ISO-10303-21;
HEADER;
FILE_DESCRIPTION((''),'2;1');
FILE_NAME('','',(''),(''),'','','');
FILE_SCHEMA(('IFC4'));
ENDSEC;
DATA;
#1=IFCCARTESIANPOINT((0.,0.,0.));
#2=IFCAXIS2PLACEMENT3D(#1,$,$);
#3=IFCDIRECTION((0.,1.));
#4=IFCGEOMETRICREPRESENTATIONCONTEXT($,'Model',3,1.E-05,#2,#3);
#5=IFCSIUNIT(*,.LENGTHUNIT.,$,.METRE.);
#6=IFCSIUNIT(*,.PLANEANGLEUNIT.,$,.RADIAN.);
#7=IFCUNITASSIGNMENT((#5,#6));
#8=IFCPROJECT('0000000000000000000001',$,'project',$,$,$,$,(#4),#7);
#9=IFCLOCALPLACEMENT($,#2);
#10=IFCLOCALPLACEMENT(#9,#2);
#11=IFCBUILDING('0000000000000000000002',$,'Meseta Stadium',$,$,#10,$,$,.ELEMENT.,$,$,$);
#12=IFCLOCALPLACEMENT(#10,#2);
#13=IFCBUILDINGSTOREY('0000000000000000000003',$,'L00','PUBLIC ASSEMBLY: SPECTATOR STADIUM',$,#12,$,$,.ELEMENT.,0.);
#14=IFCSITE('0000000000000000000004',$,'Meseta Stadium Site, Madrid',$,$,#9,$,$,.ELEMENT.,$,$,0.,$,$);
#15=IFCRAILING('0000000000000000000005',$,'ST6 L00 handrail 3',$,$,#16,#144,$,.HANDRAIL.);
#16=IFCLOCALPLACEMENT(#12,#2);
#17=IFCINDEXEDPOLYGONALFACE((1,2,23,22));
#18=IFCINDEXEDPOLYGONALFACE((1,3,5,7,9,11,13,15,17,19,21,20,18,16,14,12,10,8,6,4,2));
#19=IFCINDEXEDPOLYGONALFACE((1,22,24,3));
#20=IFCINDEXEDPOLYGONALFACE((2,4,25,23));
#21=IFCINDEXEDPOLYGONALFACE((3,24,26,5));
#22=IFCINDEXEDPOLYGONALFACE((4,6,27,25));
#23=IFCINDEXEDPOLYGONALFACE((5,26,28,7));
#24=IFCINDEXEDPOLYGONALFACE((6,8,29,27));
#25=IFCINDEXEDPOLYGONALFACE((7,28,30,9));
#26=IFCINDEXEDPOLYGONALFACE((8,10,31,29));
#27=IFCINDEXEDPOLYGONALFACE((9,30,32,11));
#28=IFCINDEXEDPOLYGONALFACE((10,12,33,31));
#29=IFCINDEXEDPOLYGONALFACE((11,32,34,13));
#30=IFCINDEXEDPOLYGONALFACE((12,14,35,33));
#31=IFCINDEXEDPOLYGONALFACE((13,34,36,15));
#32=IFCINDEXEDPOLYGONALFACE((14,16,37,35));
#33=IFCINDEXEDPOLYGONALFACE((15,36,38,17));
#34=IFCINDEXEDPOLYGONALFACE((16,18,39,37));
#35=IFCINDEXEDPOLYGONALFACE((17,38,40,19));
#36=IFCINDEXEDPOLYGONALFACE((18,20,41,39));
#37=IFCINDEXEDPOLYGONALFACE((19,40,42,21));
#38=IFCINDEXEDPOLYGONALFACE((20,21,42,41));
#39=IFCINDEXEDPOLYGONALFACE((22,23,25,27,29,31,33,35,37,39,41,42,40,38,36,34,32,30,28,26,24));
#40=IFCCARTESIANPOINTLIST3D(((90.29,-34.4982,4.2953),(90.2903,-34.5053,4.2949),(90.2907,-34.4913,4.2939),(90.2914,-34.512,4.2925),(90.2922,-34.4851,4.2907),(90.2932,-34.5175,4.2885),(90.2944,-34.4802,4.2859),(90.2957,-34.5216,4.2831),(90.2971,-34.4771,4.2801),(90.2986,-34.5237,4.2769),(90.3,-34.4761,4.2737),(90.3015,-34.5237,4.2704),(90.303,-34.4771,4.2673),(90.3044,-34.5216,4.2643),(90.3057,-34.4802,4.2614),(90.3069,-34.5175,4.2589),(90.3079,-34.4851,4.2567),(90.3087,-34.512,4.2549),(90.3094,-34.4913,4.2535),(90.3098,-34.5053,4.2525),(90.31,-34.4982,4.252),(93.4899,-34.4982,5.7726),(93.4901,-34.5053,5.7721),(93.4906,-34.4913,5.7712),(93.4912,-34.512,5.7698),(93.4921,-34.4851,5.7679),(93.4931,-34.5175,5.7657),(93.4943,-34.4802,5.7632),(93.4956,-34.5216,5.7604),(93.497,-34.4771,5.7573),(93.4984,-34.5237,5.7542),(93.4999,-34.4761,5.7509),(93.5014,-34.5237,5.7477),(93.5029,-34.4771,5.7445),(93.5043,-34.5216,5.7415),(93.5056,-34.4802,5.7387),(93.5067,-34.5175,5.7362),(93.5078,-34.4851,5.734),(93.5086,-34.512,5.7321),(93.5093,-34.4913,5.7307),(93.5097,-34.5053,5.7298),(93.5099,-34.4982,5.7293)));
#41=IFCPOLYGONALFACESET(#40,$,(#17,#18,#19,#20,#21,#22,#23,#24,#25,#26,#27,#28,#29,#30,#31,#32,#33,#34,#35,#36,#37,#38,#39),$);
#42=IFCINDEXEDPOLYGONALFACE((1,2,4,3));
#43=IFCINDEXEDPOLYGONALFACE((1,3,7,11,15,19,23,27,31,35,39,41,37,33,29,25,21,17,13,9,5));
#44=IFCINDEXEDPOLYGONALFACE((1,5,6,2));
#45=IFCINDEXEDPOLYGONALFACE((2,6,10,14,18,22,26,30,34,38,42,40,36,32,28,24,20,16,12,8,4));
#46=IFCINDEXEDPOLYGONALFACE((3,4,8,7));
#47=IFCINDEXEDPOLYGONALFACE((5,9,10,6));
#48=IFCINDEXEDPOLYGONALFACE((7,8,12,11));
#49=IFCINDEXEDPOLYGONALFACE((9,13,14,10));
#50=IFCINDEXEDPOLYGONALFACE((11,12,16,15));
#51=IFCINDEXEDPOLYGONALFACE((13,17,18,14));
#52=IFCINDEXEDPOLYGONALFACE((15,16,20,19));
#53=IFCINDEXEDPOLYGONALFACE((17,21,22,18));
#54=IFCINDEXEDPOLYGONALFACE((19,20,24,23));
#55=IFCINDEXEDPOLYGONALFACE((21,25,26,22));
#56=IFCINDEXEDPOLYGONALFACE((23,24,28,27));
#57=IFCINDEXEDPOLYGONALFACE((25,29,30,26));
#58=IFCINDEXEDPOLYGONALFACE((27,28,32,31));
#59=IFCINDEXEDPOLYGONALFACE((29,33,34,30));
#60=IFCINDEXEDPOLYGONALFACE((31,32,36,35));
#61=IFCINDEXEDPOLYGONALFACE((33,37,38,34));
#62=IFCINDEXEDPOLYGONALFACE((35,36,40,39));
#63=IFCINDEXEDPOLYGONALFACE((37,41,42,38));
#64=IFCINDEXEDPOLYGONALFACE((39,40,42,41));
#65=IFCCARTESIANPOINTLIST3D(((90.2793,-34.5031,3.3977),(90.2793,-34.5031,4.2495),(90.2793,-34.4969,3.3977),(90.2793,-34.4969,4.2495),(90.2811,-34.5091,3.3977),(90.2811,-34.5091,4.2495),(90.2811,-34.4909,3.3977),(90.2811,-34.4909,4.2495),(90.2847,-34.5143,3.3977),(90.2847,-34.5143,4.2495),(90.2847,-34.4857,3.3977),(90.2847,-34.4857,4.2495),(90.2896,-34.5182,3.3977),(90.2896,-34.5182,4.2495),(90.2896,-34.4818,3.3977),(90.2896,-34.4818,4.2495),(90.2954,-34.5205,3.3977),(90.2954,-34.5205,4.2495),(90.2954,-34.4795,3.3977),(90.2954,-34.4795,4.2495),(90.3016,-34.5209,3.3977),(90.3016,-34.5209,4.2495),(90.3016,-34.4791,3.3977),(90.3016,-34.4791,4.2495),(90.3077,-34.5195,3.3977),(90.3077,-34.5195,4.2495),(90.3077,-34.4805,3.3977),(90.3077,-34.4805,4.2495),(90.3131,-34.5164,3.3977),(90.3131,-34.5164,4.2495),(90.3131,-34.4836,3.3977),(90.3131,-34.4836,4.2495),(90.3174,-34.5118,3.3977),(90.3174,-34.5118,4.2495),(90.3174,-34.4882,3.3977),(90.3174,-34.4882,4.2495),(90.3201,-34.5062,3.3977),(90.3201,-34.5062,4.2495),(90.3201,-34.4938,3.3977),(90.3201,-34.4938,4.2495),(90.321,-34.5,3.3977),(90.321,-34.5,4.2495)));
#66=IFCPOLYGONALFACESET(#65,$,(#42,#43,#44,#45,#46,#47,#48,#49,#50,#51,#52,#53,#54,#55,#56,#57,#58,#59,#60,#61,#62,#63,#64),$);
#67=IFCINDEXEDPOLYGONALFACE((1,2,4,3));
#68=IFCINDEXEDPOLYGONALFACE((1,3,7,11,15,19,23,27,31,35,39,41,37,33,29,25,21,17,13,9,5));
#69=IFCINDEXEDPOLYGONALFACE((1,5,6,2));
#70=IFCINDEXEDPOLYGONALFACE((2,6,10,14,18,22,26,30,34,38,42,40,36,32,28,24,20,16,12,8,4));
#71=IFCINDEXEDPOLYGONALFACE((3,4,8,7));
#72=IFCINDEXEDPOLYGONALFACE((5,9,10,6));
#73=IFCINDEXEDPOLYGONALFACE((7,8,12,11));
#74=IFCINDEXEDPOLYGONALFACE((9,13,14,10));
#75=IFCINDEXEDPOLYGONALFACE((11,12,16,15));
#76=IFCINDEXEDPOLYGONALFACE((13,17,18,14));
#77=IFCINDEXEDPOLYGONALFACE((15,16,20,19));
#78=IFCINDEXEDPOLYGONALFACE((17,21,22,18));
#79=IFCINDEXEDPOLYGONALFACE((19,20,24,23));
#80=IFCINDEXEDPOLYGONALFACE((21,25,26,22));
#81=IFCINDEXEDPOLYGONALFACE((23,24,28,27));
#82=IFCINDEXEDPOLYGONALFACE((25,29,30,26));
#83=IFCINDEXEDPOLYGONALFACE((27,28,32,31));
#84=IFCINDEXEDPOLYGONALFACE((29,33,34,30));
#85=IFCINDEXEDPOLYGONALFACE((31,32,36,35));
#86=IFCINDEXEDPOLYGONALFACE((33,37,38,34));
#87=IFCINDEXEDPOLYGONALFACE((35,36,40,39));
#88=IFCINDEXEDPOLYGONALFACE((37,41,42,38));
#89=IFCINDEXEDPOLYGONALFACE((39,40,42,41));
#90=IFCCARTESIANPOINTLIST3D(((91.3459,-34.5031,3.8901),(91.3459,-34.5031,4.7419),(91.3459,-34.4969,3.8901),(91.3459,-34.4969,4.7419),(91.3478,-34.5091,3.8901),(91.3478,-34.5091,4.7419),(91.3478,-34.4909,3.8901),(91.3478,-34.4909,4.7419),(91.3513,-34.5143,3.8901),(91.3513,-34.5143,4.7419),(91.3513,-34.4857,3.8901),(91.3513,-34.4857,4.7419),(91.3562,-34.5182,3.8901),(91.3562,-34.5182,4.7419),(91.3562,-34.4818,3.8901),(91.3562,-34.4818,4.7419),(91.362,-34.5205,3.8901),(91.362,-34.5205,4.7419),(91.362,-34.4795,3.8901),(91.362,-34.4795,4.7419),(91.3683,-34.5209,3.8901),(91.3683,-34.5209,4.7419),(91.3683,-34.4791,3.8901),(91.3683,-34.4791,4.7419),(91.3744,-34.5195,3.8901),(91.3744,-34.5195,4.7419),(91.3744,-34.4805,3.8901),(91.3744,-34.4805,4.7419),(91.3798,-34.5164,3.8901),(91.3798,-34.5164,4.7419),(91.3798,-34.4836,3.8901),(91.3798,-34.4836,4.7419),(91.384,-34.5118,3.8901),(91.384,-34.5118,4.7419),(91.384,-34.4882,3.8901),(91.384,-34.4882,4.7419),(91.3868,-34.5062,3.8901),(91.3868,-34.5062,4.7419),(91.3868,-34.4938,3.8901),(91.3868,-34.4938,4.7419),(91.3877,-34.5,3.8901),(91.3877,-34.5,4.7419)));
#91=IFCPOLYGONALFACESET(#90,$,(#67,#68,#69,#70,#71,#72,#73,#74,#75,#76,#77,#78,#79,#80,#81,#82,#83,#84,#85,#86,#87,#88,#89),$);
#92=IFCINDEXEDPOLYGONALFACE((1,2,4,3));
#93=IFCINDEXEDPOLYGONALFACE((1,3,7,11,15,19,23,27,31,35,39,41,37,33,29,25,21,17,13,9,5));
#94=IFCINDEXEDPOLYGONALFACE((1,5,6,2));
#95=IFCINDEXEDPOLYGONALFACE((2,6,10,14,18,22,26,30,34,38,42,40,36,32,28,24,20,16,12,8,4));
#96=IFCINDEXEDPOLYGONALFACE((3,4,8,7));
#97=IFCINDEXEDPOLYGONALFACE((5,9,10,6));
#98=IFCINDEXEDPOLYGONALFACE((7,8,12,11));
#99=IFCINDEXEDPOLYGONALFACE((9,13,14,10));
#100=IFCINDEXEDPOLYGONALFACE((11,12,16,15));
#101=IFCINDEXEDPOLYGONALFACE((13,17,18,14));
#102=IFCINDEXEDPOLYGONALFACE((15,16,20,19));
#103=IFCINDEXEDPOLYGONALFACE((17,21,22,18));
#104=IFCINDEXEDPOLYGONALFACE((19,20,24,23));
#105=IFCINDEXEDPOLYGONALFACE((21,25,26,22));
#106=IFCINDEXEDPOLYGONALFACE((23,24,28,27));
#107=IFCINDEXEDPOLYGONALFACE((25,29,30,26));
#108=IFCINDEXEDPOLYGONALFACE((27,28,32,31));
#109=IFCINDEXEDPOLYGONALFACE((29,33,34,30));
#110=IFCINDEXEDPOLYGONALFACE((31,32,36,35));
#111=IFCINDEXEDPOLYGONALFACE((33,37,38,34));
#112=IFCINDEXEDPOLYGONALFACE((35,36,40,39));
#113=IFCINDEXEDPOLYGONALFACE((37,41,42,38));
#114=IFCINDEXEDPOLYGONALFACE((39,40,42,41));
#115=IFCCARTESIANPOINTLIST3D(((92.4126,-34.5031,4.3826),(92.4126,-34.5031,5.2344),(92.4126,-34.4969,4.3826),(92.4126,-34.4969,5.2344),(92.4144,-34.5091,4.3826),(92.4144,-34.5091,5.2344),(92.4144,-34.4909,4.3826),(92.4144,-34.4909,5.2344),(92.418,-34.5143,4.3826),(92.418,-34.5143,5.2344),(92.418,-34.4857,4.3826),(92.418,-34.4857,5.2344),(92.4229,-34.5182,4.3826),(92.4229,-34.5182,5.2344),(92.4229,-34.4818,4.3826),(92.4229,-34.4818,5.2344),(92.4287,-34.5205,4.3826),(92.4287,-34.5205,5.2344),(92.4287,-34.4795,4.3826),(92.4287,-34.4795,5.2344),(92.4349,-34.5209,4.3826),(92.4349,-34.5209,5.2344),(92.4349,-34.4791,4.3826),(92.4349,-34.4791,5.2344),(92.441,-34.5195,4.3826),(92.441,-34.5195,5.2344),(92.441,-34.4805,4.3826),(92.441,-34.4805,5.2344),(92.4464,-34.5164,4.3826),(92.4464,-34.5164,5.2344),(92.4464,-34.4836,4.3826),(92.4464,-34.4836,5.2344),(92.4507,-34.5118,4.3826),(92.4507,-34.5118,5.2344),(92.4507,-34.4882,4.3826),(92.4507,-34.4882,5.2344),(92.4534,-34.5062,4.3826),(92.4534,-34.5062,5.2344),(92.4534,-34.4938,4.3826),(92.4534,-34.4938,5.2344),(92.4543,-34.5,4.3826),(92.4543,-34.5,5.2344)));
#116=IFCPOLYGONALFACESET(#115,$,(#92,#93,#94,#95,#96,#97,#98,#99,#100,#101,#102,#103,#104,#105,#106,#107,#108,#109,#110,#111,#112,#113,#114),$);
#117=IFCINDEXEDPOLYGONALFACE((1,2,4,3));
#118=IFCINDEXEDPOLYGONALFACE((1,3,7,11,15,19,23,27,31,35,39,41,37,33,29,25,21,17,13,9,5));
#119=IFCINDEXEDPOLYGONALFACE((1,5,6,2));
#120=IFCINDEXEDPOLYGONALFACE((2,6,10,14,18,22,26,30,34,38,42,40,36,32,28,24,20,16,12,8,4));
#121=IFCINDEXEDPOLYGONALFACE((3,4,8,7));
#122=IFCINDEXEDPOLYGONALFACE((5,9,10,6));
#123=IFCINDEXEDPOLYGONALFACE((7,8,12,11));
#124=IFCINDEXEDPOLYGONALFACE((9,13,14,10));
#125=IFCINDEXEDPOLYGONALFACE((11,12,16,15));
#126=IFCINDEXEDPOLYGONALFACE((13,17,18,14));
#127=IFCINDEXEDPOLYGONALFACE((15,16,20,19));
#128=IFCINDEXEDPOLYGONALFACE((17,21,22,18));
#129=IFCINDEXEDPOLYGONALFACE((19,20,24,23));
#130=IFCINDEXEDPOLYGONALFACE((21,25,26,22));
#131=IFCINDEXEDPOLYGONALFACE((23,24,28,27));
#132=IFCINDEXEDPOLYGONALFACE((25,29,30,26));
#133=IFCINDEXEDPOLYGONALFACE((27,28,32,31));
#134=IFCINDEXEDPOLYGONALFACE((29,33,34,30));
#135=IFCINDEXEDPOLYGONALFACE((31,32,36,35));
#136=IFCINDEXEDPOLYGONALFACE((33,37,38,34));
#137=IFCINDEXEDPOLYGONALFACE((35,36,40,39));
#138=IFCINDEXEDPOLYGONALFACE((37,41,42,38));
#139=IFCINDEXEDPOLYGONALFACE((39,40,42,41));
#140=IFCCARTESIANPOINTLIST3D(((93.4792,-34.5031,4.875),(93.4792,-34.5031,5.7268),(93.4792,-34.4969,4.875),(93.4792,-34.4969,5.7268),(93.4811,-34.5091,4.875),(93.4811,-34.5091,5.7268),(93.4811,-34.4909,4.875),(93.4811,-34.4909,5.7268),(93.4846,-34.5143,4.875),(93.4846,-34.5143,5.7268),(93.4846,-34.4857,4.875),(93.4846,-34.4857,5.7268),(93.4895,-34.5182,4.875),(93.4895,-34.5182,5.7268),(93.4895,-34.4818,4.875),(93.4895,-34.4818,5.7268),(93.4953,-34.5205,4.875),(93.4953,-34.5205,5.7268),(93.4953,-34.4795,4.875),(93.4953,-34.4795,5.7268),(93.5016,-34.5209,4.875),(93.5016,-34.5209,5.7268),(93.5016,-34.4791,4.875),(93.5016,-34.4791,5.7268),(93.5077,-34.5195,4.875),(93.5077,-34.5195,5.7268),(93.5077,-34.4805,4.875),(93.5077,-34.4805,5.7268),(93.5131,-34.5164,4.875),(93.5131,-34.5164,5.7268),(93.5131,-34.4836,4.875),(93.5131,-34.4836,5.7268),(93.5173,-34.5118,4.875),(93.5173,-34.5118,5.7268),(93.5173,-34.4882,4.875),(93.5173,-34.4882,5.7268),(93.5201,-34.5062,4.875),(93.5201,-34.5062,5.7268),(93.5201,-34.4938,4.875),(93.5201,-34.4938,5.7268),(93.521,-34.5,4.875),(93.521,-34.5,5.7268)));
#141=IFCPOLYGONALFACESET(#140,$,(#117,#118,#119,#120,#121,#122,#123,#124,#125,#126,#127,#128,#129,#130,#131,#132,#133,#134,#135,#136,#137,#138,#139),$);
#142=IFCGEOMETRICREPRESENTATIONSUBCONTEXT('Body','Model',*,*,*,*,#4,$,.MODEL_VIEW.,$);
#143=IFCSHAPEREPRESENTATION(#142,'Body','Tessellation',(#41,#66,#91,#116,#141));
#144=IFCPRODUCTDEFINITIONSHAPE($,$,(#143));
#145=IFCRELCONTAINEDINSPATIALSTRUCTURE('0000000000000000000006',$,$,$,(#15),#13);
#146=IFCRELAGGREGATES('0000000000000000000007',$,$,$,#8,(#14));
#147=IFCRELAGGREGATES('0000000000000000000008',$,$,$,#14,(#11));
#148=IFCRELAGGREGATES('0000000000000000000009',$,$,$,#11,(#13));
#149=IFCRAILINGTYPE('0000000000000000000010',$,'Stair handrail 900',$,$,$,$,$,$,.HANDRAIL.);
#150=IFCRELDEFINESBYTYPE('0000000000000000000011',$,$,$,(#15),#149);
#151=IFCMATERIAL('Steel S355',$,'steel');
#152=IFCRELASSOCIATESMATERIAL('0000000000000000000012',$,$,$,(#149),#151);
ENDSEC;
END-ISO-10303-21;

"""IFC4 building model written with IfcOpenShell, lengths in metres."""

from ifc_helpers import new_model, si_unit, direction, frame, origin, origin_2d, place, context, subcontext, project, spatial, circle, extrude, material, type_object, element, save


model = new_model("IFC4")

# Units and contexts
model_context = context("Model", 3, precision=1e-05, world=origin(), true_north=direction((0.0, 1.0)))
body_context = subcontext(model_context, "Body", "Model", "MODEL_VIEW")
ifc_project = project(units=[si_unit("LENGTHUNIT", "METRE"), si_unit("PLANEANGLEUNIT", "RADIAN")], contexts=[model_context])

# Site, building, storey
site_placement = place(None, origin())
site = spatial("IfcSite", under=ifc_project, at=site_placement, Name="Meseta Stadium Site, Madrid", CompositionType="ELEMENT", RefElevation=0.0)
building_placement = place(site_placement, origin())
building = spatial("IfcBuilding", under=site, at=building_placement, Name="Meseta Stadium", CompositionType="ELEMENT")
storey_placement = place(building_placement, origin())
storey = spatial("IfcBuildingStorey", under=building, at=storey_placement, Name="L00", Description="PUBLIC ASSEMBLY: SPECTATOR STADIUM", CompositionType="ELEMENT", Elevation=0.0)

# Railing
ifc_material_1 = material(Name="Steel S355", Category="steel")
railing_type_1 = type_object("IfcRailingType", Name="Stair handrail 900", PredefinedType="HANDRAIL", material=ifc_material_1)
for number, where, name in (
    (1, (90.3, -34.5, 3.3977), "ST6 L00 handrail 3"),
):
    element("IfcRailing", number, at=place(storey_placement, frame(where)), inside=storey, type_object=railing_type_1, Name=name, PredefinedType="HANDRAIL", context=body_context, shape_type="SweptSolid", body=[
        extrude(circle(Radius=0.0239, at=origin_2d()), frame((0.0, 0.0, 0.876), z_axis=(0.907917, 0.0, 0.41915), x_axis=(0.0, 1.0, 0.0)), (0.0, 0.0, 1.0), 3.5244),
        extrude(circle(Radius=0.021, at=origin_2d()), origin(), (0.0, 0.0, 1.0), 0.8518),
        extrude(circle(Radius=0.021, at=origin_2d()), frame((1.0667, 0.0, 0.4924)), (0.0, 0.0, 1.0), 0.8518),
        extrude(circle(Radius=0.021, at=origin_2d()), frame((2.1333, 0.0, 0.9849)), (0.0, 0.0, 1.0), 0.8518),
        extrude(circle(Radius=0.021, at=origin_2d()), frame((3.2, 0.0, 1.4773)), (0.0, 0.0, 1.0), 0.8518),
    ])

save(model, "model.ifc")
